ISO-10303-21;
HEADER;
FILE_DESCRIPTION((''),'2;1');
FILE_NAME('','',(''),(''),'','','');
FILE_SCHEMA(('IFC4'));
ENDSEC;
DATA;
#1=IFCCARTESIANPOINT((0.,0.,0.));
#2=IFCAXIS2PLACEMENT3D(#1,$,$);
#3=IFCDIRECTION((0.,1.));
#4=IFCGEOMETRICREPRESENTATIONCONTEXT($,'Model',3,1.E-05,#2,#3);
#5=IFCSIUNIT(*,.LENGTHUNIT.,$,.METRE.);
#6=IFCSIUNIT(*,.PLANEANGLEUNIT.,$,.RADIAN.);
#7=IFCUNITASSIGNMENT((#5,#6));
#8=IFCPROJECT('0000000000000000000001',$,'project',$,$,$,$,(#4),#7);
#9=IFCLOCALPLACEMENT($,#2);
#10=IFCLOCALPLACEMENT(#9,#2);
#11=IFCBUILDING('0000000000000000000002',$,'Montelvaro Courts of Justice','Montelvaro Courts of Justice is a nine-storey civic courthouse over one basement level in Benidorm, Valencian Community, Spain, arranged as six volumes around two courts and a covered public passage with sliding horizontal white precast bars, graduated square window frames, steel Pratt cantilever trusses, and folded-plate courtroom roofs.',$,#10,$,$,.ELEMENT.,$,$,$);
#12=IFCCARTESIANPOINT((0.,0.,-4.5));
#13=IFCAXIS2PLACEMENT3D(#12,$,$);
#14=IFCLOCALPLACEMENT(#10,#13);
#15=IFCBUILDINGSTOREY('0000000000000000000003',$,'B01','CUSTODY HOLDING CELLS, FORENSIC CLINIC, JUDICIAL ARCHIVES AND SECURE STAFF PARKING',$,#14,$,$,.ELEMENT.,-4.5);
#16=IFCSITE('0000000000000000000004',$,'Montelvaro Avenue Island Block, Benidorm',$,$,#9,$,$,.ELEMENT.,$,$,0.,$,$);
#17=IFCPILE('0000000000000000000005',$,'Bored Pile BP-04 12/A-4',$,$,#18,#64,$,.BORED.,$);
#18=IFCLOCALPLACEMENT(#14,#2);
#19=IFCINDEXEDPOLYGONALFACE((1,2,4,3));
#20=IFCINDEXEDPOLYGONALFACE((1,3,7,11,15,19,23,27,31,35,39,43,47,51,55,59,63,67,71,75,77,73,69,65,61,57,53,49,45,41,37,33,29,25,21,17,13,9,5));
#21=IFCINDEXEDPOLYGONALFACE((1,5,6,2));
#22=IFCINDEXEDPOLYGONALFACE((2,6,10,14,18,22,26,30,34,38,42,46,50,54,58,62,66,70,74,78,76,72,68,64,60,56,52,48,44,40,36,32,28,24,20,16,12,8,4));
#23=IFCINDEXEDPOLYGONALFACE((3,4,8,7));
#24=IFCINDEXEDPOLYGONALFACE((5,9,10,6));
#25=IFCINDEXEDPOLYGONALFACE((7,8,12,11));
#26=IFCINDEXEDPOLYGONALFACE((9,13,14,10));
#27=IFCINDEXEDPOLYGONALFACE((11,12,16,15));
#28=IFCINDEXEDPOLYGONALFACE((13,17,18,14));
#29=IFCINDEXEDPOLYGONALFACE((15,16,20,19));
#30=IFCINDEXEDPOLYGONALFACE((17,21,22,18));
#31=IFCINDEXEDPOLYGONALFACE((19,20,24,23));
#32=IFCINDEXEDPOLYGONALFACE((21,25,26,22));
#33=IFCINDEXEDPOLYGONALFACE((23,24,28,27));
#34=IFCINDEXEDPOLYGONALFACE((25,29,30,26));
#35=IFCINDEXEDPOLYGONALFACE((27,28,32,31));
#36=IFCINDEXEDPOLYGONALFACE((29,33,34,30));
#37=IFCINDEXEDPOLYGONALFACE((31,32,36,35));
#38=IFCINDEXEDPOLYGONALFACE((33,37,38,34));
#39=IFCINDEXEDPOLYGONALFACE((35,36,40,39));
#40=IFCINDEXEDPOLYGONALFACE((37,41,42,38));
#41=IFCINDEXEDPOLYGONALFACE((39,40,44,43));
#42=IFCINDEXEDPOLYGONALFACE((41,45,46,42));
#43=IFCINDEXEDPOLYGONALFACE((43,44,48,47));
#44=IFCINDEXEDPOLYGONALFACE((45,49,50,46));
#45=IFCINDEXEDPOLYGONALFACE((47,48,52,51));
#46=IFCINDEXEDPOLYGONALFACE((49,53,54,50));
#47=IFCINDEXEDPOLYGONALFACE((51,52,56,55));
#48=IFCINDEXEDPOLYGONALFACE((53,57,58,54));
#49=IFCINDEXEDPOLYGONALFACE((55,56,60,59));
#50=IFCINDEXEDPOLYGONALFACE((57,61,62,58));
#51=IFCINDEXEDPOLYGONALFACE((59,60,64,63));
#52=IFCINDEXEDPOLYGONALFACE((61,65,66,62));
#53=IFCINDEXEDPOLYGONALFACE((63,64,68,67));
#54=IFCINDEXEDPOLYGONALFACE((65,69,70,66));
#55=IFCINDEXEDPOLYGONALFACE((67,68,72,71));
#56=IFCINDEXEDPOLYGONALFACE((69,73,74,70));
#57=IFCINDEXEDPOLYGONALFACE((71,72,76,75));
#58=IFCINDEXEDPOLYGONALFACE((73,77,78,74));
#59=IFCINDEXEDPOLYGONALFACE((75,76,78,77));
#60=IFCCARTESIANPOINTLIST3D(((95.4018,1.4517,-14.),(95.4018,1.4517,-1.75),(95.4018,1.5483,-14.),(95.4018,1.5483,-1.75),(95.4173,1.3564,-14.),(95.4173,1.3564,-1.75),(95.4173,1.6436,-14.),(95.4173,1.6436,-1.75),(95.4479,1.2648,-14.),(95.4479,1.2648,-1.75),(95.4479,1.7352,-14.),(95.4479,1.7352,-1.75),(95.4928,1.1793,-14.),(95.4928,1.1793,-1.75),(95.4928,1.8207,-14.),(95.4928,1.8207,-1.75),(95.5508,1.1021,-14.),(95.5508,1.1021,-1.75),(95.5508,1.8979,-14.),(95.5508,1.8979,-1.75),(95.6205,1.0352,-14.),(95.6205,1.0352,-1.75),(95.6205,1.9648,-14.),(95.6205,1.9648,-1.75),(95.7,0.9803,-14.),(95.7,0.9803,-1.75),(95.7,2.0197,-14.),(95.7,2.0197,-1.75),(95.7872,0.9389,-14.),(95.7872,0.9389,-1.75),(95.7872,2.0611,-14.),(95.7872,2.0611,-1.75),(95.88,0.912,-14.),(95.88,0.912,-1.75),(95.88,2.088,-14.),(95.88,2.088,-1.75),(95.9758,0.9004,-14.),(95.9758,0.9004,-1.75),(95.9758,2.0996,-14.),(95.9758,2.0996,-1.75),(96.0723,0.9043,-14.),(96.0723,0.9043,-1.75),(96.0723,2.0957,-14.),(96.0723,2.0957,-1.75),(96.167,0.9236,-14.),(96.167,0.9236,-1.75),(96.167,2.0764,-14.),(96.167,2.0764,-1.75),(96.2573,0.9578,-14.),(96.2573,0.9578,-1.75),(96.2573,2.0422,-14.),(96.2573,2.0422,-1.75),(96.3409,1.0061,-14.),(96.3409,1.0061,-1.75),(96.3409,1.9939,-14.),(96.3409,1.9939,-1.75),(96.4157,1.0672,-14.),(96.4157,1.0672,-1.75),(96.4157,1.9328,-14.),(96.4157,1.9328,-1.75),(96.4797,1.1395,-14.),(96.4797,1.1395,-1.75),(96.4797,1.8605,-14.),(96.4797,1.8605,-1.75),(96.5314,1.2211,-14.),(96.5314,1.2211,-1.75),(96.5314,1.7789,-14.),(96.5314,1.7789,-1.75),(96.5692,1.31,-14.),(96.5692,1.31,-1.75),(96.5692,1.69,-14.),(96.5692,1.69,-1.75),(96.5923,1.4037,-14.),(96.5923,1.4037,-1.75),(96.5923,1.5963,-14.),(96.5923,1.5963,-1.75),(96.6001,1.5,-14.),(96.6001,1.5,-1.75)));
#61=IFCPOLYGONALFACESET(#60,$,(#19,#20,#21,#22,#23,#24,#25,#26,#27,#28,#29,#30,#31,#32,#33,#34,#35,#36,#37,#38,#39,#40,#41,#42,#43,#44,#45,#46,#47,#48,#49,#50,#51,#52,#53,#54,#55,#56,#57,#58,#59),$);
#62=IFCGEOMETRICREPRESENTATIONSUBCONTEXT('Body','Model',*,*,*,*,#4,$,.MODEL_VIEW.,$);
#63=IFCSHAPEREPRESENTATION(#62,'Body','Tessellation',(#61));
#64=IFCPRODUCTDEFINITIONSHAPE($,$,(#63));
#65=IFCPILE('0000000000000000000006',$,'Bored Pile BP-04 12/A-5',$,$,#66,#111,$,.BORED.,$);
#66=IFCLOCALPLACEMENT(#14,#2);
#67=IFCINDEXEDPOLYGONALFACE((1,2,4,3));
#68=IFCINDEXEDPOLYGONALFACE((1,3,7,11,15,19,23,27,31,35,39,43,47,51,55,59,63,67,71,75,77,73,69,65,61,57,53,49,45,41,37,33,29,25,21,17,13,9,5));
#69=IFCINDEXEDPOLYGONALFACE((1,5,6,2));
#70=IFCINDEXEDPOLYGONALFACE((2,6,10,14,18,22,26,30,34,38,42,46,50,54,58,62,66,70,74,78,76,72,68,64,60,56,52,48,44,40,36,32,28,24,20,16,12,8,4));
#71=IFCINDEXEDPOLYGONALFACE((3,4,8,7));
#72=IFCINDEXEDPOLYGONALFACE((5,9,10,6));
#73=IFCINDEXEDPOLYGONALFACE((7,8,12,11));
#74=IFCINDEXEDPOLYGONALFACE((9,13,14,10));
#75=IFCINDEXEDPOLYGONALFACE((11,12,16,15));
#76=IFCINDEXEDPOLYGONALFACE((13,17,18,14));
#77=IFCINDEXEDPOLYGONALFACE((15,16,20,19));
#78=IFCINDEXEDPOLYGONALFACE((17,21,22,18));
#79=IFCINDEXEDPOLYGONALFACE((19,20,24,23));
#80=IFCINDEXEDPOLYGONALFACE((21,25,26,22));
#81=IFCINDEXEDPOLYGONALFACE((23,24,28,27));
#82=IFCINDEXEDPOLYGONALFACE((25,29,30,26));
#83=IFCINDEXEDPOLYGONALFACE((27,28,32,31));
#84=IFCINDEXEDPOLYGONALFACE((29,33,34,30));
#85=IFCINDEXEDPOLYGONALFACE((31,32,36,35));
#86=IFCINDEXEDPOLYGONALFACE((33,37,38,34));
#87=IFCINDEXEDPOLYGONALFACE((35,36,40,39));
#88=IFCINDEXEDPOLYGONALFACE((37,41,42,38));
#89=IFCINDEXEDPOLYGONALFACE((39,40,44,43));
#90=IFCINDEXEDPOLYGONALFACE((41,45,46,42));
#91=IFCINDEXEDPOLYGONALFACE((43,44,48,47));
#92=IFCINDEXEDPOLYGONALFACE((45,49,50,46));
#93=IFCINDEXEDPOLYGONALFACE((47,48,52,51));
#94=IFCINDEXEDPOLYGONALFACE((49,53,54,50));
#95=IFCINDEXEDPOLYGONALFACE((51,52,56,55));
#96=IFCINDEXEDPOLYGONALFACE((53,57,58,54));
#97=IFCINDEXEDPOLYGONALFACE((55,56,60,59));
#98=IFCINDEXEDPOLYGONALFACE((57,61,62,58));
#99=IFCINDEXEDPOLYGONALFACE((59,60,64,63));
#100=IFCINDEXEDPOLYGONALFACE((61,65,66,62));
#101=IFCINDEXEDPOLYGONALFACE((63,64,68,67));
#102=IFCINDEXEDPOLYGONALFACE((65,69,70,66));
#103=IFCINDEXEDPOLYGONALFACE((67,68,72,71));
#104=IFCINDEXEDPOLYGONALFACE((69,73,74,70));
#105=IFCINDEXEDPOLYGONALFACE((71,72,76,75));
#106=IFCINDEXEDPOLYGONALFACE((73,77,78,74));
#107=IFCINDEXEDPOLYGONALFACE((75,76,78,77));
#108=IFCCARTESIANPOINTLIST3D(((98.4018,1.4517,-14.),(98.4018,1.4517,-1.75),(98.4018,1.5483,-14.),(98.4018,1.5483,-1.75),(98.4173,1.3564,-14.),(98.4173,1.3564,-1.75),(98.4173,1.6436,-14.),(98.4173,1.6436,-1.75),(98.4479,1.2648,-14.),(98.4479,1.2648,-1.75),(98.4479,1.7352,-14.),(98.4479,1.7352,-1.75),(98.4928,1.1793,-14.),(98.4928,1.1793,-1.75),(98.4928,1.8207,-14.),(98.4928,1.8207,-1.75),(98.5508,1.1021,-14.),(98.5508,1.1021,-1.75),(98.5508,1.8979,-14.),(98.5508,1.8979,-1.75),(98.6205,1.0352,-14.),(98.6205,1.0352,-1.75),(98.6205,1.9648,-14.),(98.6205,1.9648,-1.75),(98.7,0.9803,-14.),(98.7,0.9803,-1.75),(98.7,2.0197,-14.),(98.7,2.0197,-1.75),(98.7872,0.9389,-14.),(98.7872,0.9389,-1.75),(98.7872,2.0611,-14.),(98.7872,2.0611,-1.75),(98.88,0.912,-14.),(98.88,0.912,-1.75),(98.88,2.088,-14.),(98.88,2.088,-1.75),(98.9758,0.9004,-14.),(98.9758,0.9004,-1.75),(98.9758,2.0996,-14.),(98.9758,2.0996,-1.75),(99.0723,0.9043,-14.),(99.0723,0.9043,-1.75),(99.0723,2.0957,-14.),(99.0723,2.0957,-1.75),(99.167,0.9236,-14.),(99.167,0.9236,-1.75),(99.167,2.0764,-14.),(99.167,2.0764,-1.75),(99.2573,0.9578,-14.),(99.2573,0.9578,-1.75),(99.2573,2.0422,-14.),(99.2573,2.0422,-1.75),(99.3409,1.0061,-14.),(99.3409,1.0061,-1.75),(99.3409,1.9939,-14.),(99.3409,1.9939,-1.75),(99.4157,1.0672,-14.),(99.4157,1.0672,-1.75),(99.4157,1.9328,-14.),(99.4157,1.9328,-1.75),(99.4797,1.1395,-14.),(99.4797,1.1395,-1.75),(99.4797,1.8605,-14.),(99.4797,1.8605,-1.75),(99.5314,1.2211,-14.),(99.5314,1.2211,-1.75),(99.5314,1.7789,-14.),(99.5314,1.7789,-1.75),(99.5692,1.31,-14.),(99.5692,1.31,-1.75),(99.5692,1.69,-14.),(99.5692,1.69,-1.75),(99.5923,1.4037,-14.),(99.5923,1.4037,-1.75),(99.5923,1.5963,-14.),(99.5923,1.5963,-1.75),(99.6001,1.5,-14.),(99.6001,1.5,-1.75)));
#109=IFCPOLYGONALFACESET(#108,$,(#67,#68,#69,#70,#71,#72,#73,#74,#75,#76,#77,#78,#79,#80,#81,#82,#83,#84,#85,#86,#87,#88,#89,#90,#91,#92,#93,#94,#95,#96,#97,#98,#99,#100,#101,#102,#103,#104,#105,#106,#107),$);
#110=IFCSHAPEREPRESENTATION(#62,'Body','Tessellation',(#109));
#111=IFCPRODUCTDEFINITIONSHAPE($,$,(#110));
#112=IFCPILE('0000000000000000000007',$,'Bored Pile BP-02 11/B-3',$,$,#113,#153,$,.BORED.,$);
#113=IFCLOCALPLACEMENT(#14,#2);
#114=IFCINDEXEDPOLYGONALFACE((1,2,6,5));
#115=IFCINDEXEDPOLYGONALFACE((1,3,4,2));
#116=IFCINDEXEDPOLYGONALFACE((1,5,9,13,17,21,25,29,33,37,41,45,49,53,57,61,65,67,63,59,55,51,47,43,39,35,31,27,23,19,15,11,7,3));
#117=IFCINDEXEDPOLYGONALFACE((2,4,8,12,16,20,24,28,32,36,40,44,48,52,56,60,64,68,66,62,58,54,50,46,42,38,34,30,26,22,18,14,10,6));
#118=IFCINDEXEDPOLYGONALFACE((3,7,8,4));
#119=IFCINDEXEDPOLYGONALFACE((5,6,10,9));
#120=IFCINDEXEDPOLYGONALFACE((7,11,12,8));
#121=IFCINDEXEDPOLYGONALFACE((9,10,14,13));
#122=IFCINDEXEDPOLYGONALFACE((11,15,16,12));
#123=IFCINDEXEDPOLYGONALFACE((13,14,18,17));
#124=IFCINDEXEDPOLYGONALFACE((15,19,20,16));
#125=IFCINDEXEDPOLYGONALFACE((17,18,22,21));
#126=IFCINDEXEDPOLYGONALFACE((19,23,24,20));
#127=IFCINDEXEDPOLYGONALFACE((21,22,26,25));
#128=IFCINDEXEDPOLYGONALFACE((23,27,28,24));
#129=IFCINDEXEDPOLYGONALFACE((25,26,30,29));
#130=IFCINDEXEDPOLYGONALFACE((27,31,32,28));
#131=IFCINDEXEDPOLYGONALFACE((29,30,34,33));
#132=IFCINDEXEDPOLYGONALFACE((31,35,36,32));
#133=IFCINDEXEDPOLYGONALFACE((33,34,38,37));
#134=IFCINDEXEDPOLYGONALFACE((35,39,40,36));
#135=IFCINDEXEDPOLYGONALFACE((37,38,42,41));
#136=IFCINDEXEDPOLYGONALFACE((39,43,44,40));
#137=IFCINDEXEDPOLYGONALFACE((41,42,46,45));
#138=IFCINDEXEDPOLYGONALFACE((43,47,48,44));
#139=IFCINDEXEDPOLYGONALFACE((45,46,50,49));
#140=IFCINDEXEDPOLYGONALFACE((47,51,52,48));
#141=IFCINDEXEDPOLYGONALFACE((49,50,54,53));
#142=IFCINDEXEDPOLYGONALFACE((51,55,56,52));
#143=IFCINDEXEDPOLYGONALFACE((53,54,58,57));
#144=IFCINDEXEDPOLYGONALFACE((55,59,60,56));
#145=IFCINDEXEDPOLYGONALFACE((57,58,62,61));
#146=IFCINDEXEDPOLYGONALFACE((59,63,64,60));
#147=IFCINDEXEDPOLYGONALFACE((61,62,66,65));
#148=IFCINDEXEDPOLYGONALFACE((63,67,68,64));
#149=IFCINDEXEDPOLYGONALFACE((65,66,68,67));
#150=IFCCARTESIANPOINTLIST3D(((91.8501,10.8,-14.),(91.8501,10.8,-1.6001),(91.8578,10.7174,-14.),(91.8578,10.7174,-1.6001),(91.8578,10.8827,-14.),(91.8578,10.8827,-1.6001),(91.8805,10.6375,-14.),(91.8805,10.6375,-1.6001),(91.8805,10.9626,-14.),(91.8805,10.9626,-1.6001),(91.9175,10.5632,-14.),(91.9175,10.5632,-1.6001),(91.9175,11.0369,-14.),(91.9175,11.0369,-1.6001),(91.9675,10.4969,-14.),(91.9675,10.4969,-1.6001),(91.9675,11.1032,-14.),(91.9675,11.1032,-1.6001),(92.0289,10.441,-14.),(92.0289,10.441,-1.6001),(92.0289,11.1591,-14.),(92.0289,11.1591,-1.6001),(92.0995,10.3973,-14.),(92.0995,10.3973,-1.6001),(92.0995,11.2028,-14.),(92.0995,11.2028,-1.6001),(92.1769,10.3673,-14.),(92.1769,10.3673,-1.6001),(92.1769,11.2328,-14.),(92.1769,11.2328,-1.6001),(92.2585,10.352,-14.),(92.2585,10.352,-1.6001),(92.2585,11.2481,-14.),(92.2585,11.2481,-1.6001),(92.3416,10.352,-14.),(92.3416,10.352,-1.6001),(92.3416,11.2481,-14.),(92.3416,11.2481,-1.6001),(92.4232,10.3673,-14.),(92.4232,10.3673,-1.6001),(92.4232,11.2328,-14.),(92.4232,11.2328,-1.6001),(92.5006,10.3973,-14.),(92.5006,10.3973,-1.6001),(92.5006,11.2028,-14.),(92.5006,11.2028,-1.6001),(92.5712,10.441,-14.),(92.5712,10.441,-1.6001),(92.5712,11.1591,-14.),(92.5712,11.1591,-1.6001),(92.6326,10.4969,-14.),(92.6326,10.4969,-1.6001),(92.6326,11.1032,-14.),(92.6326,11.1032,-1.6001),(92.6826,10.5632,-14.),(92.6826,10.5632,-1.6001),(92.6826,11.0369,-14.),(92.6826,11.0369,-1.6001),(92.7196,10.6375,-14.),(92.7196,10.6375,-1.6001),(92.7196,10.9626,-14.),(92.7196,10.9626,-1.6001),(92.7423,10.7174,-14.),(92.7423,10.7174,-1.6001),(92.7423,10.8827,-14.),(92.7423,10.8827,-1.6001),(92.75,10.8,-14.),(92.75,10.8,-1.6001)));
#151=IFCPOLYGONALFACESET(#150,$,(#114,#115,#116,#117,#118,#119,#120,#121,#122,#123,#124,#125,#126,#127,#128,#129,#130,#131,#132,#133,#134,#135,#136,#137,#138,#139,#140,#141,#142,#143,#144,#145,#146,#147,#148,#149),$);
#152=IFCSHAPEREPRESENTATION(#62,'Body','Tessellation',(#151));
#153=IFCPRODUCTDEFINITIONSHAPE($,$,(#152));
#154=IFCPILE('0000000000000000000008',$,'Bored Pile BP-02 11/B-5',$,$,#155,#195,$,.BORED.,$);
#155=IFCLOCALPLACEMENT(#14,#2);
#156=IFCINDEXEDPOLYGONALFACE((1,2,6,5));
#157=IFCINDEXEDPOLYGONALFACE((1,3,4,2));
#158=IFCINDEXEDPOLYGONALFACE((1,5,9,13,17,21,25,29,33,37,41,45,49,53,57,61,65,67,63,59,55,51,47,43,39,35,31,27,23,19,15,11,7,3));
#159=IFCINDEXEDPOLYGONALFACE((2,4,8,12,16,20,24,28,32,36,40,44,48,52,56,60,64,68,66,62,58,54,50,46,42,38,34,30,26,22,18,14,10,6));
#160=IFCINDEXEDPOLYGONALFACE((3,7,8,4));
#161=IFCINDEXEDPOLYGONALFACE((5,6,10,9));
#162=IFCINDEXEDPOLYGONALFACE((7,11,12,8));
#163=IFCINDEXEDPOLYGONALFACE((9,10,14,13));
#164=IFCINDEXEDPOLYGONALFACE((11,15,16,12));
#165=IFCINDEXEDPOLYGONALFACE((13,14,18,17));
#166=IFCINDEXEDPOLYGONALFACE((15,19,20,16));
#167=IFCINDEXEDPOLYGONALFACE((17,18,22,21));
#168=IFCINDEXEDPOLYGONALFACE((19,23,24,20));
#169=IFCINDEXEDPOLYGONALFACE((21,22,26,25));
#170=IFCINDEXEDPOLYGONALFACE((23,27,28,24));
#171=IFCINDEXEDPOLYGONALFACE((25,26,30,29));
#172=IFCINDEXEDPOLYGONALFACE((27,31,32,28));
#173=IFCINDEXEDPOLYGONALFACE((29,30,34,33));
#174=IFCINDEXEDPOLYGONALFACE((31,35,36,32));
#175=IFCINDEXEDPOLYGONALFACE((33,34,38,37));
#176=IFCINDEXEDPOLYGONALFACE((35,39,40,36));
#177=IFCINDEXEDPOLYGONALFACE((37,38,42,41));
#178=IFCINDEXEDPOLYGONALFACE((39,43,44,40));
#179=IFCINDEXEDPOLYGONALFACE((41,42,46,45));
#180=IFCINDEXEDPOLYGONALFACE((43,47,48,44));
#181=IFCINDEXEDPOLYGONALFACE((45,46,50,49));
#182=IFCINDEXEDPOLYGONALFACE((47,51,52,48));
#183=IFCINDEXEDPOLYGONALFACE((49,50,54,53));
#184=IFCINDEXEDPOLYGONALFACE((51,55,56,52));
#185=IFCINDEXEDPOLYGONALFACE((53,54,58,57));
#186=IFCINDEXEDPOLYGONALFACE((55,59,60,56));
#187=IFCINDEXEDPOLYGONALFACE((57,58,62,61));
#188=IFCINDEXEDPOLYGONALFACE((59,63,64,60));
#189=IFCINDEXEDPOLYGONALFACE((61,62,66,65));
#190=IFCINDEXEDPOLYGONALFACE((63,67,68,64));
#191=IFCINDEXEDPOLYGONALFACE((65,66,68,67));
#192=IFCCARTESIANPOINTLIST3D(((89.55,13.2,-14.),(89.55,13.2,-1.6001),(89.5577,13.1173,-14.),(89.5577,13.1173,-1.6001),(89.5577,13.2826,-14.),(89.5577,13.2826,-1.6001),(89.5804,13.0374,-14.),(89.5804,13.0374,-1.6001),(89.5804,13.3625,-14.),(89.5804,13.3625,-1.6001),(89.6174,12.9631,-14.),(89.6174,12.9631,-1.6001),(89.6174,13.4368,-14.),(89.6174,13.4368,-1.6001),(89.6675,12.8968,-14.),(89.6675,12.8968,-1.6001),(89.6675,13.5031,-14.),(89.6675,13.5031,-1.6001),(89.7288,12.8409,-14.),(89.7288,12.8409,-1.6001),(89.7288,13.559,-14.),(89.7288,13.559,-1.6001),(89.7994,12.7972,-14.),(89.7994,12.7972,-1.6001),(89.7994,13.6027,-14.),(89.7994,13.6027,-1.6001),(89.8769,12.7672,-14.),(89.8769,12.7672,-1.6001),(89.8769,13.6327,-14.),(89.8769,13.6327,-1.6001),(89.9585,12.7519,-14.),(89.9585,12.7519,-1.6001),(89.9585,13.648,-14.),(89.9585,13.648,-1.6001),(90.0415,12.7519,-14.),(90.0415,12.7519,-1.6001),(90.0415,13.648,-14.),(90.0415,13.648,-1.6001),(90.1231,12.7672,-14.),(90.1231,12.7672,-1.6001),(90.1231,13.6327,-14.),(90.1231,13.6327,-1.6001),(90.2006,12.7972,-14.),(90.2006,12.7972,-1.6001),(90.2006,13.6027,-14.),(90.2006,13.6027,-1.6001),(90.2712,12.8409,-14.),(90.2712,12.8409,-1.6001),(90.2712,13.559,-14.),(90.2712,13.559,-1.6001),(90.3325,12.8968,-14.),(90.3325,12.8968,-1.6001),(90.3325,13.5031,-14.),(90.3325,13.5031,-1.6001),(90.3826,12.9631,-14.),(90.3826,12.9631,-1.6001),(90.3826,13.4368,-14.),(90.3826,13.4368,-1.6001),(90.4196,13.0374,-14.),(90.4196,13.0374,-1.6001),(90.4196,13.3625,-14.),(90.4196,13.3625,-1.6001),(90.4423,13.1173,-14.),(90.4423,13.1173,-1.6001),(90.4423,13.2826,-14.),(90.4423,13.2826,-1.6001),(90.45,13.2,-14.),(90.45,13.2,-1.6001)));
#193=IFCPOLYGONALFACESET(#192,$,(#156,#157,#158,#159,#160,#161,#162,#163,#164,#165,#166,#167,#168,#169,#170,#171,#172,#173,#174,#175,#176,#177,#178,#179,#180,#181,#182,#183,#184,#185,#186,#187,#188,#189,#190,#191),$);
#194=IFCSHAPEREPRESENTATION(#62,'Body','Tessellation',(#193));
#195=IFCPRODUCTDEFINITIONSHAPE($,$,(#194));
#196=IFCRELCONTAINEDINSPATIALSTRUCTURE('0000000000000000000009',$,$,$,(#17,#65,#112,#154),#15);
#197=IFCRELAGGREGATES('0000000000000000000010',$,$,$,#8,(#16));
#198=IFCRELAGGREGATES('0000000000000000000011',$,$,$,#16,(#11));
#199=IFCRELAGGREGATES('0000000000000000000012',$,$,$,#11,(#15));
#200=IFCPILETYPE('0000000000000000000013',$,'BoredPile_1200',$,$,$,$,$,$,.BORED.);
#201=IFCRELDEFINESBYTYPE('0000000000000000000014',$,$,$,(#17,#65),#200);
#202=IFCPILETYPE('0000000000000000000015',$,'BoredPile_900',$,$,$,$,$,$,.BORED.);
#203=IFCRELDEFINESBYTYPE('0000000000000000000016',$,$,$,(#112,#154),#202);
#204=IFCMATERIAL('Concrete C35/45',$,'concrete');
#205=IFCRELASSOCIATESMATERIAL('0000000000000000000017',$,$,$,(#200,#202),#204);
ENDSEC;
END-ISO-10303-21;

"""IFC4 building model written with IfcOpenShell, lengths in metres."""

from ifc_helpers import new_model, si_unit, direction, frame, origin, origin_2d, place, context, subcontext, project, spatial, circle, extrude, material, material_profile, profile_set, type_object, element, save


model = new_model("IFC4")

# Units and contexts
model_context = context("Model", 3, precision=1e-05, world=origin(), true_north=direction((0.0, 1.0)))
body_context = subcontext(model_context, "Body", "Model", "MODEL_VIEW")
ifc_project = project(units=[si_unit("LENGTHUNIT", "METRE"), si_unit("PLANEANGLEUNIT", "RADIAN")], contexts=[model_context])

# Site, building, storey
site_placement = place(None, origin())
site = spatial("IfcSite", under=ifc_project, at=site_placement, Name="Montelvaro Avenue Island Block, Benidorm", CompositionType="ELEMENT", RefElevation=0.0)
building_placement = place(site_placement, origin())
building = spatial("IfcBuilding", under=site, at=building_placement, Name="Montelvaro Courts of Justice", Description="Montelvaro Courts of Justice is a nine-storey civic courthouse over one basement level in Benidorm, Valencian Community, Spain, arranged as six volumes around two courts and a covered public passage with sliding horizontal white precast bars, graduated square window frames, steel Pratt cantilever trusses, and folded-plate courtroom roofs.", CompositionType="ELEMENT")
storey_placement = place(building_placement, frame((0.0, 0.0, -4.5)))
storey = spatial("IfcBuildingStorey", under=building, at=storey_placement, Name="B01", Description="CUSTODY HOLDING CELLS, FORENSIC CLINIC, JUDICIAL ARCHIVES AND SECURE STAFF PARKING", CompositionType="ELEMENT", Elevation=-4.5)

# Piles
ifc_material_1 = material(Name="Concrete C35/45", Category="concrete")
ifc_material_profile_1 = material_profile(ifc_material_1, circle(Radius=0.6001, at=origin_2d()), Name="BORED PILE D1200")
ifc_profile_set_1 = profile_set([ifc_material_profile_1], Name="Concrete C35/45")
pile_type_1 = type_object("IfcPileType", Name="BoredPile_1200", PredefinedType="BORED", material=ifc_profile_set_1)
for number, where, z_axis, x_axis, name in (
    (1, (96.0, 1.5, -1.75), (0.0, 0.0, -1.0), (1.0, 0.0, 0.0), "Bored Pile BP-04 12/A-4"),
    (2, (99.0, 1.5, -1.75), (0.0, 0.0, -1.0), (1.0, 0.0, 0.0), "Bored Pile BP-04 12/A-5"),
):
    element("IfcPile", number, at=place(storey_placement, frame(where, z_axis=z_axis, x_axis=x_axis)), inside=storey, type_object=pile_type_1, Name=name, PredefinedType="BORED", context=body_context, shape_type="SweptSolid", body=[
        extrude(circle(Radius=0.6001, at=origin_2d()), origin(), (0.0, 0.0, 1.0), 12.25),
    ])
ifc_material_profile_2 = material_profile(ifc_material_1, circle(Radius=0.45, at=origin_2d()), Name="BORED PILE D900")
ifc_profile_set_2 = profile_set([ifc_material_profile_2], Name="Concrete C35/45")
pile_type_2 = type_object("IfcPileType", Name="BoredPile_900", PredefinedType="BORED", material=ifc_profile_set_2)
for number, where, z_axis, x_axis, name in (
    (3, (92.3, 10.8, -1.6001), (0.0, 0.0, -1.0), (1.0, 0.0, 0.0), "Bored Pile BP-02 11/B-3"),
    (4, (90.0, 13.2, -1.6001), (0.0, 0.0, -1.0), (1.0, 0.0, 0.0), "Bored Pile BP-02 11/B-5"),
):
    element("IfcPile", number, at=place(storey_placement, frame(where, z_axis=z_axis, x_axis=x_axis)), inside=storey, type_object=pile_type_2, Name=name, PredefinedType="BORED", context=body_context, shape_type="SweptSolid", body=[
        extrude(circle(Radius=0.45, at=origin_2d()), origin(), (0.0, 0.0, 1.0), 12.3999),
    ])

save(model, "model.ifc")
